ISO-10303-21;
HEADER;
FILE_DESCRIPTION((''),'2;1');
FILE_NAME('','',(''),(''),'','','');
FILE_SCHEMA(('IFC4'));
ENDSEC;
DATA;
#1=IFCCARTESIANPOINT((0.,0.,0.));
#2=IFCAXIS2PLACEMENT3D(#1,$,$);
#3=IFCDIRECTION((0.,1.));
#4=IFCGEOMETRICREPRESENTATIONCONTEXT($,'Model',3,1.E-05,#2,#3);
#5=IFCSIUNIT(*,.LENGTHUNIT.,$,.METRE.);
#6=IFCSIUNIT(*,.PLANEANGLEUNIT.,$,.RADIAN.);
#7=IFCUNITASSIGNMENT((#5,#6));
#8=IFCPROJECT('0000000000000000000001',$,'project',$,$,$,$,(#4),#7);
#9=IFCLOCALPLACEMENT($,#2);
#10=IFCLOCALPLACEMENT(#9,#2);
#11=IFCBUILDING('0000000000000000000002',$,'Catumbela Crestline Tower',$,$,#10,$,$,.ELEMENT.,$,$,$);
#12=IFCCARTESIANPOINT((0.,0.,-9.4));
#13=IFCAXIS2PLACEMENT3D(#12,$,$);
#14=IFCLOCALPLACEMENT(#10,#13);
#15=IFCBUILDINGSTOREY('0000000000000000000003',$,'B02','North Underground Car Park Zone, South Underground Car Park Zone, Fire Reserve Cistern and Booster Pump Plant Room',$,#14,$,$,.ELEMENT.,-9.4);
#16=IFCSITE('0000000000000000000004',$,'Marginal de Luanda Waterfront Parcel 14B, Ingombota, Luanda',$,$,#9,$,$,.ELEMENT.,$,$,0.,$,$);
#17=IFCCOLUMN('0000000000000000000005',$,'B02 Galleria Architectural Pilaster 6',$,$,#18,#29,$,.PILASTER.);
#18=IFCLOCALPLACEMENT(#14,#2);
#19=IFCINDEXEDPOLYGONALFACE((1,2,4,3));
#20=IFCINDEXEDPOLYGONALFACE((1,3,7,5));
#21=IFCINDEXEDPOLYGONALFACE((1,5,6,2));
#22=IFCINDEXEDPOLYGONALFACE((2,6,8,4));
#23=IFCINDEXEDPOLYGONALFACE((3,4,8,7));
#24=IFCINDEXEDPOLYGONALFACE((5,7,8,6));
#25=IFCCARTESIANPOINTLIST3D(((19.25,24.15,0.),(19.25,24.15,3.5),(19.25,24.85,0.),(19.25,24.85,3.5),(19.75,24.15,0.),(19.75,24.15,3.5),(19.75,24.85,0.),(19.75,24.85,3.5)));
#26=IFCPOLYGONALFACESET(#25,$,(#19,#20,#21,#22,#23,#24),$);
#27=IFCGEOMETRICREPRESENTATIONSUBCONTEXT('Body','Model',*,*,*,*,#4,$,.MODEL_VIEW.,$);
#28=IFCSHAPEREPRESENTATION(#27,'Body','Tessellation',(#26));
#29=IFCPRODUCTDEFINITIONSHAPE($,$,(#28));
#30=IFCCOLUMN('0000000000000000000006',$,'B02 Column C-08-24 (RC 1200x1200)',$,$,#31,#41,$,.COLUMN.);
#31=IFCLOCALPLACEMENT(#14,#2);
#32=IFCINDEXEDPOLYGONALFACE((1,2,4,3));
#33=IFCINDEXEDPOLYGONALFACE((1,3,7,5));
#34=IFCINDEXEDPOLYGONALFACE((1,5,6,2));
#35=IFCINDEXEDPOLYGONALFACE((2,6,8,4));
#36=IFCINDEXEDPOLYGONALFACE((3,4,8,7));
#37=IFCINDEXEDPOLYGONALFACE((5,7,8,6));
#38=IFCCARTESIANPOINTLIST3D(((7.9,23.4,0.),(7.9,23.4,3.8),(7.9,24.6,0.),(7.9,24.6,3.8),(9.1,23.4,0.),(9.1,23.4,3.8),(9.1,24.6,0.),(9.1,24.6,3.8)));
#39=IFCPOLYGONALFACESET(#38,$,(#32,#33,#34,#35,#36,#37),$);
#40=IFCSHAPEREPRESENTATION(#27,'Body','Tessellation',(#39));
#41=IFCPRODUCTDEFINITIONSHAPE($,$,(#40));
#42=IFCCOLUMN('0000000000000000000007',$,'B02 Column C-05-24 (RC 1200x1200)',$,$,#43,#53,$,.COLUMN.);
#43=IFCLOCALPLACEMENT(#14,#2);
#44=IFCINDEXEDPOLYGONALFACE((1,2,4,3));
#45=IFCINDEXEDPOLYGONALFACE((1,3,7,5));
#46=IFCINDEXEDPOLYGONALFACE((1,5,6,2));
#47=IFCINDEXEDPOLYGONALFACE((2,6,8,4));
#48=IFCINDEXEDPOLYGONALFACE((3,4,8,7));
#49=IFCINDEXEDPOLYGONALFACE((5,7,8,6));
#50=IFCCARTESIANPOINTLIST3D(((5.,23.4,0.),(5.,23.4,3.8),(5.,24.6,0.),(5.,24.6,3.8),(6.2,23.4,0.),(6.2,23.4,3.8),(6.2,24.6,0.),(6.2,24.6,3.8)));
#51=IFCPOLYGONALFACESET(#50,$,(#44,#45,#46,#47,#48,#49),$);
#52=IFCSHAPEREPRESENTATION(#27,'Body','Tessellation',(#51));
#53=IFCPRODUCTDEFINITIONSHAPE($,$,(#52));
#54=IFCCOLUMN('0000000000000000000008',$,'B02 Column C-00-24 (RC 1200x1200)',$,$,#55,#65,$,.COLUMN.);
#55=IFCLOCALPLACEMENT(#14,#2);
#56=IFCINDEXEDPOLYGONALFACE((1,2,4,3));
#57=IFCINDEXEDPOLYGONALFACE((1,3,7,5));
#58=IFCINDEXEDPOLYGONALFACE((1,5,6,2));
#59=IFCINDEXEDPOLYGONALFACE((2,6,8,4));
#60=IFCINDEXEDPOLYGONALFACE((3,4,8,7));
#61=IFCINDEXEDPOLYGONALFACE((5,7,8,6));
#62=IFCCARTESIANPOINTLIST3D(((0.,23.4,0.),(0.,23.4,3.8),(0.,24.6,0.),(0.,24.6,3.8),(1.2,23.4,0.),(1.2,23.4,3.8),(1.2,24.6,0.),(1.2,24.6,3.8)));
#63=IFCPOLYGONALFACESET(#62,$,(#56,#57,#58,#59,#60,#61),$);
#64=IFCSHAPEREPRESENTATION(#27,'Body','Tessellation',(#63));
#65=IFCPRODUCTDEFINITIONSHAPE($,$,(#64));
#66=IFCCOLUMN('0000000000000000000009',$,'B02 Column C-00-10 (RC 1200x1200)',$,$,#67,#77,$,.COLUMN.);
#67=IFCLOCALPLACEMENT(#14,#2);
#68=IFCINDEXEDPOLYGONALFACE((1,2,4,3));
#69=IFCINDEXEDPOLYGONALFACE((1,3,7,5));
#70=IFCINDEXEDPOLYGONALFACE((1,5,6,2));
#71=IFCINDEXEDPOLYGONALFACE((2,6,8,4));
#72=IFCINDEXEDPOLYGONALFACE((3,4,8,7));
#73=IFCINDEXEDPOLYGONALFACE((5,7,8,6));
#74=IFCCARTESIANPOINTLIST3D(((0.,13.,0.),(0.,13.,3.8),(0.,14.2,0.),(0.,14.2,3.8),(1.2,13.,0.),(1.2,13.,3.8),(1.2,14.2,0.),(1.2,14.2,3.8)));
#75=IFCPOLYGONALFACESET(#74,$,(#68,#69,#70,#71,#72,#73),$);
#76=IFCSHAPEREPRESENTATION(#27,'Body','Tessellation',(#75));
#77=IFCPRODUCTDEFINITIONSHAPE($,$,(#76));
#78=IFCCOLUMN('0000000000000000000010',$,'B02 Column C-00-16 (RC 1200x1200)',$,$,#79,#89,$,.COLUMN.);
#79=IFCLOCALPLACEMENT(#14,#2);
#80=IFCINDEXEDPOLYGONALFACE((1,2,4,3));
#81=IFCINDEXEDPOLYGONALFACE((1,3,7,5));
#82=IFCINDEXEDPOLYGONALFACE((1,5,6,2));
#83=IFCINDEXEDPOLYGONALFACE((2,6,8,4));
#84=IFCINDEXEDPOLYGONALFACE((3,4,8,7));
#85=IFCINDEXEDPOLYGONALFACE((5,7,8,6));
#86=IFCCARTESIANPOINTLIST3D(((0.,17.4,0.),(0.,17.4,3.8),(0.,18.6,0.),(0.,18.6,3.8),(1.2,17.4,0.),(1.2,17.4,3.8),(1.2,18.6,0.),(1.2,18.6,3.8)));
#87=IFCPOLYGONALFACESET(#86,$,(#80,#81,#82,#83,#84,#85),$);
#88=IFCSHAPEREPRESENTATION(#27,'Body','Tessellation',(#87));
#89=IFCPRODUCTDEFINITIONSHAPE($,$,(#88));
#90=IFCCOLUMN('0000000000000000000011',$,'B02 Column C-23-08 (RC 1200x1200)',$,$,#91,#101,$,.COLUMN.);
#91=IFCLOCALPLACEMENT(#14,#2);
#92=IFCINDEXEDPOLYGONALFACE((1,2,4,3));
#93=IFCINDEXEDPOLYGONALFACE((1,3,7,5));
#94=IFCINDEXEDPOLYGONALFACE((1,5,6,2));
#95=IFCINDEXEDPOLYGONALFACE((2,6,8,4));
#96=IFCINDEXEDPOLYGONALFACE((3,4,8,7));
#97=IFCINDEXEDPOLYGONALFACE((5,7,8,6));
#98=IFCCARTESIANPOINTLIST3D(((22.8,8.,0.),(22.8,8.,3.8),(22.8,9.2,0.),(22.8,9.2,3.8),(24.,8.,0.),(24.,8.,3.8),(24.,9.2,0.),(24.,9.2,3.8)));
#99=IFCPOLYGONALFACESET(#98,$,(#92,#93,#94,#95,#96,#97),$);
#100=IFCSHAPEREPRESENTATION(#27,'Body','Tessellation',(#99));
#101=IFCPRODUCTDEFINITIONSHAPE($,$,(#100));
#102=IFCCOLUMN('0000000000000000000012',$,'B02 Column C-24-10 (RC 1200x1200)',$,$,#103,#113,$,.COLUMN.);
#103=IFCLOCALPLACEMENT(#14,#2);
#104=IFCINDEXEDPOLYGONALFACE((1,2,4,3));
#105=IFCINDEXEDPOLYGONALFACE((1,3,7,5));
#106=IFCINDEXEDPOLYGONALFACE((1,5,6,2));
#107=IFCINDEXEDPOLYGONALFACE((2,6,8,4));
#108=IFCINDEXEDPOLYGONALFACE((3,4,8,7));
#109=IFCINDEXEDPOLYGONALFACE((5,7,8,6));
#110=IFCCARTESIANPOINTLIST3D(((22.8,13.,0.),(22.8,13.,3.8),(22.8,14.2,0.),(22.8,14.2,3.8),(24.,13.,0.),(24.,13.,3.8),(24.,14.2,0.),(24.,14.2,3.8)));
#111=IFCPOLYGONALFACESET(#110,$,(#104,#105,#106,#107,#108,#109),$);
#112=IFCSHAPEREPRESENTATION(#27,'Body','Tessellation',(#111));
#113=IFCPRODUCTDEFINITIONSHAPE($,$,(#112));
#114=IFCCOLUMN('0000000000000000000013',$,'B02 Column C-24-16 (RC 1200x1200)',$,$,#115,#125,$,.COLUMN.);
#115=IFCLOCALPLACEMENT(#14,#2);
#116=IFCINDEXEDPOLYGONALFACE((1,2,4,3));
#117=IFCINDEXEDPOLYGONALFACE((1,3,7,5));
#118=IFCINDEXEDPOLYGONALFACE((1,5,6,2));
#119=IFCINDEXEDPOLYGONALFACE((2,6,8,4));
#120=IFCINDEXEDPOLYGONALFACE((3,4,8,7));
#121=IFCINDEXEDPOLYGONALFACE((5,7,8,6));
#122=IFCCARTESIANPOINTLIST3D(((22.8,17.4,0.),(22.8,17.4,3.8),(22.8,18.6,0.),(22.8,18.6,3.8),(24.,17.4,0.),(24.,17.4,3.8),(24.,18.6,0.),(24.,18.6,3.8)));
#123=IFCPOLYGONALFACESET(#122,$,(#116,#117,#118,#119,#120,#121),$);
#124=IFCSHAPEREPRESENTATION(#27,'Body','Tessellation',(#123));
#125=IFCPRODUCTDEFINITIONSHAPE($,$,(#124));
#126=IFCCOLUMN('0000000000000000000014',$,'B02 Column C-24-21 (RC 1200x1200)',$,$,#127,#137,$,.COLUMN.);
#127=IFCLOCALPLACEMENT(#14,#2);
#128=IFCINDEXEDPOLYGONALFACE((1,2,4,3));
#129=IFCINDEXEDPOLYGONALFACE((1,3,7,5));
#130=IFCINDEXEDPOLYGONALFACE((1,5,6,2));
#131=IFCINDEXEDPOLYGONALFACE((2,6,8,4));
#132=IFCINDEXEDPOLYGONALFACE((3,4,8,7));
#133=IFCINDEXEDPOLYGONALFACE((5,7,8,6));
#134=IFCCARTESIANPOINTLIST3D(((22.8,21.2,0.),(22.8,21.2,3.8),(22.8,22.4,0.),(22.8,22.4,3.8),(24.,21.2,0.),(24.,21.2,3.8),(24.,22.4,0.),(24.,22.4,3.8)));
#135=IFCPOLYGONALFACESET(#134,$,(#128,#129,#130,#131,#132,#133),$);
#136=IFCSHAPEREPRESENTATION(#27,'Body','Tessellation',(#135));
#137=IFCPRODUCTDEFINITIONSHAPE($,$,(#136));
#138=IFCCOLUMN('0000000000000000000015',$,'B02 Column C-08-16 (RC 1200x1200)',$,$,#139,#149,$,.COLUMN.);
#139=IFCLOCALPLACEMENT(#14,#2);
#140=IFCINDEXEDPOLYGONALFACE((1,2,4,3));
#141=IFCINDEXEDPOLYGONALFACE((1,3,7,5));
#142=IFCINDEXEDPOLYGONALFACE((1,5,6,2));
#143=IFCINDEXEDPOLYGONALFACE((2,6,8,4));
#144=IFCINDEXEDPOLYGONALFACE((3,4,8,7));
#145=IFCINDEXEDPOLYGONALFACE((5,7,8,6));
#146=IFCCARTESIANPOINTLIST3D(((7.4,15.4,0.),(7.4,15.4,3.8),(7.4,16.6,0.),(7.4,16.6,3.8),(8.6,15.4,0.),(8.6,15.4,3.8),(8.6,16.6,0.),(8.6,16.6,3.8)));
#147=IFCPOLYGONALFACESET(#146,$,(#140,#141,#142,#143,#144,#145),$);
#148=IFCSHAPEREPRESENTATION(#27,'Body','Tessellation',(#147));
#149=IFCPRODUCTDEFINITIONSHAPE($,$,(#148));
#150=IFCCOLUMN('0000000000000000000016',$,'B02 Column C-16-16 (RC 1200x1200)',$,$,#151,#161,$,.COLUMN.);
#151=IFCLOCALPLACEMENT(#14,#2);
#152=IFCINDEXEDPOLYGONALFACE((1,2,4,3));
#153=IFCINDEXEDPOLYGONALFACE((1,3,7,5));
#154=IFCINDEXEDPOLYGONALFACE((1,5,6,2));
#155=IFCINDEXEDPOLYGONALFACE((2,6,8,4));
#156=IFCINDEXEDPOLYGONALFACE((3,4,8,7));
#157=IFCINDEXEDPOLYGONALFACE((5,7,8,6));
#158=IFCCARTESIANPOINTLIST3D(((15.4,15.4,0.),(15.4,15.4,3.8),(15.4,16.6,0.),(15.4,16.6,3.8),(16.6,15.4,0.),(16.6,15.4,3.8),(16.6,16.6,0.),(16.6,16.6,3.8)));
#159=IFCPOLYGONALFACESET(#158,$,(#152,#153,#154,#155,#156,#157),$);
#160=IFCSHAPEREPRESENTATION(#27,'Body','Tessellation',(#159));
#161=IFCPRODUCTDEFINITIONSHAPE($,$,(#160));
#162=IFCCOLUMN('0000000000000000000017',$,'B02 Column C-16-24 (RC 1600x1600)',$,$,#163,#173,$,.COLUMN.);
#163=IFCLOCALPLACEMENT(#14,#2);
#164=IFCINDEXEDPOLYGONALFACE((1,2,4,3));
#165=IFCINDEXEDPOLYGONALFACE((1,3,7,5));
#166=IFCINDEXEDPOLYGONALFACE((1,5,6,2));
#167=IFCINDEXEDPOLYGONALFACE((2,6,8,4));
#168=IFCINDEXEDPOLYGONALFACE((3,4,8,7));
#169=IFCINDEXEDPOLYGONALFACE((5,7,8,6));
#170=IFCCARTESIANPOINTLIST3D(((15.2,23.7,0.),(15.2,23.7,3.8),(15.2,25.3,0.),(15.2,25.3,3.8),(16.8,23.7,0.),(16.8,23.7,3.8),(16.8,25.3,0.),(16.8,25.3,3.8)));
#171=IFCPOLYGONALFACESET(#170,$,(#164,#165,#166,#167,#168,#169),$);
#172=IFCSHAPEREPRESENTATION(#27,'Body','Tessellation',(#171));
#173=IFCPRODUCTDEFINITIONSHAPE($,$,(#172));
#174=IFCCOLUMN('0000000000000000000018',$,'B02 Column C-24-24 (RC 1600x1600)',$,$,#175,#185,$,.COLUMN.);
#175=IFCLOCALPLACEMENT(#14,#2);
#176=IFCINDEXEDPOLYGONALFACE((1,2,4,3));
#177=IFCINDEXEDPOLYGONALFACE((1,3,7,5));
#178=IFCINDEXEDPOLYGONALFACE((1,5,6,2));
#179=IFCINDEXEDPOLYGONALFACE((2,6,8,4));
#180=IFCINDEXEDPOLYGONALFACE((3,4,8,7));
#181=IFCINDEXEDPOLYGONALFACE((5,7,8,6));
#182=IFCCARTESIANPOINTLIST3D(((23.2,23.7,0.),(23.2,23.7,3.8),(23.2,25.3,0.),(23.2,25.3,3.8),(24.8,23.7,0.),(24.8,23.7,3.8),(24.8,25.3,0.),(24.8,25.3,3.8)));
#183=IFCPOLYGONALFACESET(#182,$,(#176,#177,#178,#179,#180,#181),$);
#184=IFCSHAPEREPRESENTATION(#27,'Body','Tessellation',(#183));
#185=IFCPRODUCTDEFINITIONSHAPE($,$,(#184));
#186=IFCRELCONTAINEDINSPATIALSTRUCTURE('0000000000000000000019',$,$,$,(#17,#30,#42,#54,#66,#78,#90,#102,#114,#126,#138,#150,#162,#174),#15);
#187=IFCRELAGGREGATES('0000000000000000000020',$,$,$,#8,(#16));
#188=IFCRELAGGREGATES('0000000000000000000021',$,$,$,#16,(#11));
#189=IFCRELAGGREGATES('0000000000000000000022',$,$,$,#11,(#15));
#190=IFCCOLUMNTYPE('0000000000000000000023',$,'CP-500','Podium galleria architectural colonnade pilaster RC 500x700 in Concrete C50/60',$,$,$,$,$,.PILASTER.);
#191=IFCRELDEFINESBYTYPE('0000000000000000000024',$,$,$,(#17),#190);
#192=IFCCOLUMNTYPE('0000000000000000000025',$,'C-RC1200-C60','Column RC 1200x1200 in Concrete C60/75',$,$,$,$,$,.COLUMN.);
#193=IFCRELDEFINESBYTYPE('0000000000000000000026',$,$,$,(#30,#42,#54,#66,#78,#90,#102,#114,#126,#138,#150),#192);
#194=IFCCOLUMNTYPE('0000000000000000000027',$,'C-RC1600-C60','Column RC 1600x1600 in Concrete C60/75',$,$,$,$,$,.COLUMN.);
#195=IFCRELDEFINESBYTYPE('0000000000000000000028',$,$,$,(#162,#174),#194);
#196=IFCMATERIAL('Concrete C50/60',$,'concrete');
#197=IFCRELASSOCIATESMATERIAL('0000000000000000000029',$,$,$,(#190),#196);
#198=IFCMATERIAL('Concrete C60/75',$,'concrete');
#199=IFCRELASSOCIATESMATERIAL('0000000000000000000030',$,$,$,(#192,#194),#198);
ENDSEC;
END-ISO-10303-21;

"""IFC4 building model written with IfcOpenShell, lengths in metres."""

from ifc_helpers import new_model, si_unit, direction, frame, origin, origin_2d, place, context, subcontext, project, spatial, rectangle, extrude, material, material_profile, profile_set, type_object, element, save


model = new_model("IFC4")

# Units and contexts
model_context = context("Model", 3, precision=1e-05, world=origin(), true_north=direction((0.0, 1.0)))
body_context = subcontext(model_context, "Body", "Model", "MODEL_VIEW")
ifc_project = project(units=[si_unit("LENGTHUNIT", "METRE"), si_unit("PLANEANGLEUNIT", "RADIAN")], contexts=[model_context])

# Site, building, storey
site_placement = place(None, origin())
site = spatial("IfcSite", under=ifc_project, at=site_placement, Name="Marginal de Luanda Waterfront Parcel 14B, Ingombota, Luanda", CompositionType="ELEMENT", RefElevation=0.0)
building_placement = place(site_placement, origin())
building = spatial("IfcBuilding", under=site, at=building_placement, Name="Catumbela Crestline Tower", CompositionType="ELEMENT")
storey_placement = place(building_placement, frame((0.0, 0.0, -9.4)))
storey = spatial("IfcBuildingStorey", under=building, at=storey_placement, Name="B02", Description="North Underground Car Park Zone, South Underground Car Park Zone, Fire Reserve Cistern and Booster Pump Plant Room", CompositionType="ELEMENT", Elevation=-9.4)

# Columns
ifc_material_1 = material(Name="Concrete C50/60", Category="concrete")
ifc_material_profile_1 = material_profile(ifc_material_1, rectangle(XDim=0.5, YDim=0.7, at=origin_2d()), Name="RC 500x700")
ifc_profile_set_1 = profile_set([ifc_material_profile_1], Name="Concrete C50/60")
column_type_1 = type_object("IfcColumnType", Name="CP-500", Description="Podium galleria architectural colonnade pilaster RC 500x700 in Concrete C50/60", PredefinedType="PILASTER", material=ifc_profile_set_1)
column_placement = place(storey_placement, frame((19.5, 24.5, 0.0), z_axis=(0.0, 0.0, 1.0), x_axis=(1.0, 0.0, 0.0)))
element("IfcColumn", 1, at=column_placement, inside=storey, type_object=column_type_1, Name="B02 Galleria Architectural Pilaster 6", PredefinedType="PILASTER", context=body_context, shape_type="SweptSolid", body=[
    extrude(rectangle(XDim=0.5, YDim=0.7, at=origin_2d()), origin(), (0.0, 0.0, 1.0), 3.5),
])
ifc_material_2 = material(Name="Concrete C60/75", Category="concrete")
ifc_material_profile_2 = material_profile(ifc_material_2, rectangle(XDim=1.2, YDim=1.2, at=origin_2d()), Name="RC 1200x1200")
ifc_profile_set_2 = profile_set([ifc_material_profile_2], Name="Concrete C60/75")
column_type_2 = type_object("IfcColumnType", Name="C-RC1200-C60", Description="Column RC 1200x1200 in Concrete C60/75", PredefinedType="COLUMN", material=ifc_profile_set_2)
for number, where, z_axis, x_axis, name in (
    (2, (8.5, 24.0, 0.0), (0.0, 0.0, 1.0), (1.0, 0.0, 0.0), "B02 Column C-08-24 (RC 1200x1200)"),
    (3, (5.6, 24.0, 0.0), (0.0, 0.0, 1.0), (1.0, 0.0, 0.0), "B02 Column C-05-24 (RC 1200x1200)"),
    (4, (0.6, 24.0, 0.0), (0.0, 0.0, 1.0), (1.0, 0.0, 0.0), "B02 Column C-00-24 (RC 1200x1200)"),
    (5, (0.6, 13.6, 0.0), (0.0, 0.0, 1.0), (1.0, 0.0, 0.0), "B02 Column C-00-10 (RC 1200x1200)"),
    (6, (0.6, 18.0, 0.0), (0.0, 0.0, 1.0), (1.0, 0.0, 0.0), "B02 Column C-00-16 (RC 1200x1200)"),
    (7, (23.4, 8.6, 0.0), (0.0, 0.0, 1.0), (1.0, 0.0, 0.0), "B02 Column C-23-08 (RC 1200x1200)"),
    (8, (23.4, 13.6, 0.0), (0.0, 0.0, 1.0), (1.0, 0.0, 0.0), "B02 Column C-24-10 (RC 1200x1200)"),
    (9, (23.4, 18.0, 0.0), (0.0, 0.0, 1.0), (1.0, 0.0, 0.0), "B02 Column C-24-16 (RC 1200x1200)"),
    (10, (23.4, 21.8, 0.0), (0.0, 0.0, 1.0), (1.0, 0.0, 0.0), "B02 Column C-24-21 (RC 1200x1200)"),
    (11, (8.0, 16.0, 0.0), (0.0, 0.0, 1.0), (1.0, 0.0, 0.0), "B02 Column C-08-16 (RC 1200x1200)"),
    (12, (16.0, 16.0, 0.0), (0.0, 0.0, 1.0), (1.0, 0.0, 0.0), "B02 Column C-16-16 (RC 1200x1200)"),
):
    element("IfcColumn", number, at=place(storey_placement, frame(where, z_axis=z_axis, x_axis=x_axis)), inside=storey, type_object=column_type_2, Name=name, PredefinedType="COLUMN", context=body_context, shape_type="SweptSolid", body=[
        extrude(rectangle(XDim=1.2, YDim=1.2, at=origin_2d()), origin(), (0.0, 0.0, 1.0), 3.8),
    ])
ifc_material_profile_3 = material_profile(ifc_material_2, rectangle(XDim=1.6, YDim=1.6, at=origin_2d()), Name="RC 1600x1600")
ifc_profile_set_3 = profile_set([ifc_material_profile_3], Name="Concrete C60/75")
column_type_3 = type_object("IfcColumnType", Name="C-RC1600-C60", Description="Column RC 1600x1600 in Concrete C60/75", PredefinedType="COLUMN", material=ifc_profile_set_3)
for number, where, z_axis, x_axis, name in (
    (13, (16.0, 24.5, 0.0), (0.0, 0.0, 1.0), (1.0, 0.0, 0.0), "B02 Column C-16-24 (RC 1600x1600)"),
    (14, (24.0, 24.5, 0.0), (0.0, 0.0, 1.0), (1.0, 0.0, 0.0), "B02 Column C-24-24 (RC 1600x1600)"),
):
    element("IfcColumn", number, at=place(storey_placement, frame(where, z_axis=z_axis, x_axis=x_axis)), inside=storey, type_object=column_type_3, Name=name, PredefinedType="COLUMN", context=body_context, shape_type="SweptSolid", body=[
        extrude(rectangle(XDim=1.6, YDim=1.6, at=origin_2d()), origin(), (0.0, 0.0, 1.0), 3.8),
    ])

save(model, "model.ifc")
